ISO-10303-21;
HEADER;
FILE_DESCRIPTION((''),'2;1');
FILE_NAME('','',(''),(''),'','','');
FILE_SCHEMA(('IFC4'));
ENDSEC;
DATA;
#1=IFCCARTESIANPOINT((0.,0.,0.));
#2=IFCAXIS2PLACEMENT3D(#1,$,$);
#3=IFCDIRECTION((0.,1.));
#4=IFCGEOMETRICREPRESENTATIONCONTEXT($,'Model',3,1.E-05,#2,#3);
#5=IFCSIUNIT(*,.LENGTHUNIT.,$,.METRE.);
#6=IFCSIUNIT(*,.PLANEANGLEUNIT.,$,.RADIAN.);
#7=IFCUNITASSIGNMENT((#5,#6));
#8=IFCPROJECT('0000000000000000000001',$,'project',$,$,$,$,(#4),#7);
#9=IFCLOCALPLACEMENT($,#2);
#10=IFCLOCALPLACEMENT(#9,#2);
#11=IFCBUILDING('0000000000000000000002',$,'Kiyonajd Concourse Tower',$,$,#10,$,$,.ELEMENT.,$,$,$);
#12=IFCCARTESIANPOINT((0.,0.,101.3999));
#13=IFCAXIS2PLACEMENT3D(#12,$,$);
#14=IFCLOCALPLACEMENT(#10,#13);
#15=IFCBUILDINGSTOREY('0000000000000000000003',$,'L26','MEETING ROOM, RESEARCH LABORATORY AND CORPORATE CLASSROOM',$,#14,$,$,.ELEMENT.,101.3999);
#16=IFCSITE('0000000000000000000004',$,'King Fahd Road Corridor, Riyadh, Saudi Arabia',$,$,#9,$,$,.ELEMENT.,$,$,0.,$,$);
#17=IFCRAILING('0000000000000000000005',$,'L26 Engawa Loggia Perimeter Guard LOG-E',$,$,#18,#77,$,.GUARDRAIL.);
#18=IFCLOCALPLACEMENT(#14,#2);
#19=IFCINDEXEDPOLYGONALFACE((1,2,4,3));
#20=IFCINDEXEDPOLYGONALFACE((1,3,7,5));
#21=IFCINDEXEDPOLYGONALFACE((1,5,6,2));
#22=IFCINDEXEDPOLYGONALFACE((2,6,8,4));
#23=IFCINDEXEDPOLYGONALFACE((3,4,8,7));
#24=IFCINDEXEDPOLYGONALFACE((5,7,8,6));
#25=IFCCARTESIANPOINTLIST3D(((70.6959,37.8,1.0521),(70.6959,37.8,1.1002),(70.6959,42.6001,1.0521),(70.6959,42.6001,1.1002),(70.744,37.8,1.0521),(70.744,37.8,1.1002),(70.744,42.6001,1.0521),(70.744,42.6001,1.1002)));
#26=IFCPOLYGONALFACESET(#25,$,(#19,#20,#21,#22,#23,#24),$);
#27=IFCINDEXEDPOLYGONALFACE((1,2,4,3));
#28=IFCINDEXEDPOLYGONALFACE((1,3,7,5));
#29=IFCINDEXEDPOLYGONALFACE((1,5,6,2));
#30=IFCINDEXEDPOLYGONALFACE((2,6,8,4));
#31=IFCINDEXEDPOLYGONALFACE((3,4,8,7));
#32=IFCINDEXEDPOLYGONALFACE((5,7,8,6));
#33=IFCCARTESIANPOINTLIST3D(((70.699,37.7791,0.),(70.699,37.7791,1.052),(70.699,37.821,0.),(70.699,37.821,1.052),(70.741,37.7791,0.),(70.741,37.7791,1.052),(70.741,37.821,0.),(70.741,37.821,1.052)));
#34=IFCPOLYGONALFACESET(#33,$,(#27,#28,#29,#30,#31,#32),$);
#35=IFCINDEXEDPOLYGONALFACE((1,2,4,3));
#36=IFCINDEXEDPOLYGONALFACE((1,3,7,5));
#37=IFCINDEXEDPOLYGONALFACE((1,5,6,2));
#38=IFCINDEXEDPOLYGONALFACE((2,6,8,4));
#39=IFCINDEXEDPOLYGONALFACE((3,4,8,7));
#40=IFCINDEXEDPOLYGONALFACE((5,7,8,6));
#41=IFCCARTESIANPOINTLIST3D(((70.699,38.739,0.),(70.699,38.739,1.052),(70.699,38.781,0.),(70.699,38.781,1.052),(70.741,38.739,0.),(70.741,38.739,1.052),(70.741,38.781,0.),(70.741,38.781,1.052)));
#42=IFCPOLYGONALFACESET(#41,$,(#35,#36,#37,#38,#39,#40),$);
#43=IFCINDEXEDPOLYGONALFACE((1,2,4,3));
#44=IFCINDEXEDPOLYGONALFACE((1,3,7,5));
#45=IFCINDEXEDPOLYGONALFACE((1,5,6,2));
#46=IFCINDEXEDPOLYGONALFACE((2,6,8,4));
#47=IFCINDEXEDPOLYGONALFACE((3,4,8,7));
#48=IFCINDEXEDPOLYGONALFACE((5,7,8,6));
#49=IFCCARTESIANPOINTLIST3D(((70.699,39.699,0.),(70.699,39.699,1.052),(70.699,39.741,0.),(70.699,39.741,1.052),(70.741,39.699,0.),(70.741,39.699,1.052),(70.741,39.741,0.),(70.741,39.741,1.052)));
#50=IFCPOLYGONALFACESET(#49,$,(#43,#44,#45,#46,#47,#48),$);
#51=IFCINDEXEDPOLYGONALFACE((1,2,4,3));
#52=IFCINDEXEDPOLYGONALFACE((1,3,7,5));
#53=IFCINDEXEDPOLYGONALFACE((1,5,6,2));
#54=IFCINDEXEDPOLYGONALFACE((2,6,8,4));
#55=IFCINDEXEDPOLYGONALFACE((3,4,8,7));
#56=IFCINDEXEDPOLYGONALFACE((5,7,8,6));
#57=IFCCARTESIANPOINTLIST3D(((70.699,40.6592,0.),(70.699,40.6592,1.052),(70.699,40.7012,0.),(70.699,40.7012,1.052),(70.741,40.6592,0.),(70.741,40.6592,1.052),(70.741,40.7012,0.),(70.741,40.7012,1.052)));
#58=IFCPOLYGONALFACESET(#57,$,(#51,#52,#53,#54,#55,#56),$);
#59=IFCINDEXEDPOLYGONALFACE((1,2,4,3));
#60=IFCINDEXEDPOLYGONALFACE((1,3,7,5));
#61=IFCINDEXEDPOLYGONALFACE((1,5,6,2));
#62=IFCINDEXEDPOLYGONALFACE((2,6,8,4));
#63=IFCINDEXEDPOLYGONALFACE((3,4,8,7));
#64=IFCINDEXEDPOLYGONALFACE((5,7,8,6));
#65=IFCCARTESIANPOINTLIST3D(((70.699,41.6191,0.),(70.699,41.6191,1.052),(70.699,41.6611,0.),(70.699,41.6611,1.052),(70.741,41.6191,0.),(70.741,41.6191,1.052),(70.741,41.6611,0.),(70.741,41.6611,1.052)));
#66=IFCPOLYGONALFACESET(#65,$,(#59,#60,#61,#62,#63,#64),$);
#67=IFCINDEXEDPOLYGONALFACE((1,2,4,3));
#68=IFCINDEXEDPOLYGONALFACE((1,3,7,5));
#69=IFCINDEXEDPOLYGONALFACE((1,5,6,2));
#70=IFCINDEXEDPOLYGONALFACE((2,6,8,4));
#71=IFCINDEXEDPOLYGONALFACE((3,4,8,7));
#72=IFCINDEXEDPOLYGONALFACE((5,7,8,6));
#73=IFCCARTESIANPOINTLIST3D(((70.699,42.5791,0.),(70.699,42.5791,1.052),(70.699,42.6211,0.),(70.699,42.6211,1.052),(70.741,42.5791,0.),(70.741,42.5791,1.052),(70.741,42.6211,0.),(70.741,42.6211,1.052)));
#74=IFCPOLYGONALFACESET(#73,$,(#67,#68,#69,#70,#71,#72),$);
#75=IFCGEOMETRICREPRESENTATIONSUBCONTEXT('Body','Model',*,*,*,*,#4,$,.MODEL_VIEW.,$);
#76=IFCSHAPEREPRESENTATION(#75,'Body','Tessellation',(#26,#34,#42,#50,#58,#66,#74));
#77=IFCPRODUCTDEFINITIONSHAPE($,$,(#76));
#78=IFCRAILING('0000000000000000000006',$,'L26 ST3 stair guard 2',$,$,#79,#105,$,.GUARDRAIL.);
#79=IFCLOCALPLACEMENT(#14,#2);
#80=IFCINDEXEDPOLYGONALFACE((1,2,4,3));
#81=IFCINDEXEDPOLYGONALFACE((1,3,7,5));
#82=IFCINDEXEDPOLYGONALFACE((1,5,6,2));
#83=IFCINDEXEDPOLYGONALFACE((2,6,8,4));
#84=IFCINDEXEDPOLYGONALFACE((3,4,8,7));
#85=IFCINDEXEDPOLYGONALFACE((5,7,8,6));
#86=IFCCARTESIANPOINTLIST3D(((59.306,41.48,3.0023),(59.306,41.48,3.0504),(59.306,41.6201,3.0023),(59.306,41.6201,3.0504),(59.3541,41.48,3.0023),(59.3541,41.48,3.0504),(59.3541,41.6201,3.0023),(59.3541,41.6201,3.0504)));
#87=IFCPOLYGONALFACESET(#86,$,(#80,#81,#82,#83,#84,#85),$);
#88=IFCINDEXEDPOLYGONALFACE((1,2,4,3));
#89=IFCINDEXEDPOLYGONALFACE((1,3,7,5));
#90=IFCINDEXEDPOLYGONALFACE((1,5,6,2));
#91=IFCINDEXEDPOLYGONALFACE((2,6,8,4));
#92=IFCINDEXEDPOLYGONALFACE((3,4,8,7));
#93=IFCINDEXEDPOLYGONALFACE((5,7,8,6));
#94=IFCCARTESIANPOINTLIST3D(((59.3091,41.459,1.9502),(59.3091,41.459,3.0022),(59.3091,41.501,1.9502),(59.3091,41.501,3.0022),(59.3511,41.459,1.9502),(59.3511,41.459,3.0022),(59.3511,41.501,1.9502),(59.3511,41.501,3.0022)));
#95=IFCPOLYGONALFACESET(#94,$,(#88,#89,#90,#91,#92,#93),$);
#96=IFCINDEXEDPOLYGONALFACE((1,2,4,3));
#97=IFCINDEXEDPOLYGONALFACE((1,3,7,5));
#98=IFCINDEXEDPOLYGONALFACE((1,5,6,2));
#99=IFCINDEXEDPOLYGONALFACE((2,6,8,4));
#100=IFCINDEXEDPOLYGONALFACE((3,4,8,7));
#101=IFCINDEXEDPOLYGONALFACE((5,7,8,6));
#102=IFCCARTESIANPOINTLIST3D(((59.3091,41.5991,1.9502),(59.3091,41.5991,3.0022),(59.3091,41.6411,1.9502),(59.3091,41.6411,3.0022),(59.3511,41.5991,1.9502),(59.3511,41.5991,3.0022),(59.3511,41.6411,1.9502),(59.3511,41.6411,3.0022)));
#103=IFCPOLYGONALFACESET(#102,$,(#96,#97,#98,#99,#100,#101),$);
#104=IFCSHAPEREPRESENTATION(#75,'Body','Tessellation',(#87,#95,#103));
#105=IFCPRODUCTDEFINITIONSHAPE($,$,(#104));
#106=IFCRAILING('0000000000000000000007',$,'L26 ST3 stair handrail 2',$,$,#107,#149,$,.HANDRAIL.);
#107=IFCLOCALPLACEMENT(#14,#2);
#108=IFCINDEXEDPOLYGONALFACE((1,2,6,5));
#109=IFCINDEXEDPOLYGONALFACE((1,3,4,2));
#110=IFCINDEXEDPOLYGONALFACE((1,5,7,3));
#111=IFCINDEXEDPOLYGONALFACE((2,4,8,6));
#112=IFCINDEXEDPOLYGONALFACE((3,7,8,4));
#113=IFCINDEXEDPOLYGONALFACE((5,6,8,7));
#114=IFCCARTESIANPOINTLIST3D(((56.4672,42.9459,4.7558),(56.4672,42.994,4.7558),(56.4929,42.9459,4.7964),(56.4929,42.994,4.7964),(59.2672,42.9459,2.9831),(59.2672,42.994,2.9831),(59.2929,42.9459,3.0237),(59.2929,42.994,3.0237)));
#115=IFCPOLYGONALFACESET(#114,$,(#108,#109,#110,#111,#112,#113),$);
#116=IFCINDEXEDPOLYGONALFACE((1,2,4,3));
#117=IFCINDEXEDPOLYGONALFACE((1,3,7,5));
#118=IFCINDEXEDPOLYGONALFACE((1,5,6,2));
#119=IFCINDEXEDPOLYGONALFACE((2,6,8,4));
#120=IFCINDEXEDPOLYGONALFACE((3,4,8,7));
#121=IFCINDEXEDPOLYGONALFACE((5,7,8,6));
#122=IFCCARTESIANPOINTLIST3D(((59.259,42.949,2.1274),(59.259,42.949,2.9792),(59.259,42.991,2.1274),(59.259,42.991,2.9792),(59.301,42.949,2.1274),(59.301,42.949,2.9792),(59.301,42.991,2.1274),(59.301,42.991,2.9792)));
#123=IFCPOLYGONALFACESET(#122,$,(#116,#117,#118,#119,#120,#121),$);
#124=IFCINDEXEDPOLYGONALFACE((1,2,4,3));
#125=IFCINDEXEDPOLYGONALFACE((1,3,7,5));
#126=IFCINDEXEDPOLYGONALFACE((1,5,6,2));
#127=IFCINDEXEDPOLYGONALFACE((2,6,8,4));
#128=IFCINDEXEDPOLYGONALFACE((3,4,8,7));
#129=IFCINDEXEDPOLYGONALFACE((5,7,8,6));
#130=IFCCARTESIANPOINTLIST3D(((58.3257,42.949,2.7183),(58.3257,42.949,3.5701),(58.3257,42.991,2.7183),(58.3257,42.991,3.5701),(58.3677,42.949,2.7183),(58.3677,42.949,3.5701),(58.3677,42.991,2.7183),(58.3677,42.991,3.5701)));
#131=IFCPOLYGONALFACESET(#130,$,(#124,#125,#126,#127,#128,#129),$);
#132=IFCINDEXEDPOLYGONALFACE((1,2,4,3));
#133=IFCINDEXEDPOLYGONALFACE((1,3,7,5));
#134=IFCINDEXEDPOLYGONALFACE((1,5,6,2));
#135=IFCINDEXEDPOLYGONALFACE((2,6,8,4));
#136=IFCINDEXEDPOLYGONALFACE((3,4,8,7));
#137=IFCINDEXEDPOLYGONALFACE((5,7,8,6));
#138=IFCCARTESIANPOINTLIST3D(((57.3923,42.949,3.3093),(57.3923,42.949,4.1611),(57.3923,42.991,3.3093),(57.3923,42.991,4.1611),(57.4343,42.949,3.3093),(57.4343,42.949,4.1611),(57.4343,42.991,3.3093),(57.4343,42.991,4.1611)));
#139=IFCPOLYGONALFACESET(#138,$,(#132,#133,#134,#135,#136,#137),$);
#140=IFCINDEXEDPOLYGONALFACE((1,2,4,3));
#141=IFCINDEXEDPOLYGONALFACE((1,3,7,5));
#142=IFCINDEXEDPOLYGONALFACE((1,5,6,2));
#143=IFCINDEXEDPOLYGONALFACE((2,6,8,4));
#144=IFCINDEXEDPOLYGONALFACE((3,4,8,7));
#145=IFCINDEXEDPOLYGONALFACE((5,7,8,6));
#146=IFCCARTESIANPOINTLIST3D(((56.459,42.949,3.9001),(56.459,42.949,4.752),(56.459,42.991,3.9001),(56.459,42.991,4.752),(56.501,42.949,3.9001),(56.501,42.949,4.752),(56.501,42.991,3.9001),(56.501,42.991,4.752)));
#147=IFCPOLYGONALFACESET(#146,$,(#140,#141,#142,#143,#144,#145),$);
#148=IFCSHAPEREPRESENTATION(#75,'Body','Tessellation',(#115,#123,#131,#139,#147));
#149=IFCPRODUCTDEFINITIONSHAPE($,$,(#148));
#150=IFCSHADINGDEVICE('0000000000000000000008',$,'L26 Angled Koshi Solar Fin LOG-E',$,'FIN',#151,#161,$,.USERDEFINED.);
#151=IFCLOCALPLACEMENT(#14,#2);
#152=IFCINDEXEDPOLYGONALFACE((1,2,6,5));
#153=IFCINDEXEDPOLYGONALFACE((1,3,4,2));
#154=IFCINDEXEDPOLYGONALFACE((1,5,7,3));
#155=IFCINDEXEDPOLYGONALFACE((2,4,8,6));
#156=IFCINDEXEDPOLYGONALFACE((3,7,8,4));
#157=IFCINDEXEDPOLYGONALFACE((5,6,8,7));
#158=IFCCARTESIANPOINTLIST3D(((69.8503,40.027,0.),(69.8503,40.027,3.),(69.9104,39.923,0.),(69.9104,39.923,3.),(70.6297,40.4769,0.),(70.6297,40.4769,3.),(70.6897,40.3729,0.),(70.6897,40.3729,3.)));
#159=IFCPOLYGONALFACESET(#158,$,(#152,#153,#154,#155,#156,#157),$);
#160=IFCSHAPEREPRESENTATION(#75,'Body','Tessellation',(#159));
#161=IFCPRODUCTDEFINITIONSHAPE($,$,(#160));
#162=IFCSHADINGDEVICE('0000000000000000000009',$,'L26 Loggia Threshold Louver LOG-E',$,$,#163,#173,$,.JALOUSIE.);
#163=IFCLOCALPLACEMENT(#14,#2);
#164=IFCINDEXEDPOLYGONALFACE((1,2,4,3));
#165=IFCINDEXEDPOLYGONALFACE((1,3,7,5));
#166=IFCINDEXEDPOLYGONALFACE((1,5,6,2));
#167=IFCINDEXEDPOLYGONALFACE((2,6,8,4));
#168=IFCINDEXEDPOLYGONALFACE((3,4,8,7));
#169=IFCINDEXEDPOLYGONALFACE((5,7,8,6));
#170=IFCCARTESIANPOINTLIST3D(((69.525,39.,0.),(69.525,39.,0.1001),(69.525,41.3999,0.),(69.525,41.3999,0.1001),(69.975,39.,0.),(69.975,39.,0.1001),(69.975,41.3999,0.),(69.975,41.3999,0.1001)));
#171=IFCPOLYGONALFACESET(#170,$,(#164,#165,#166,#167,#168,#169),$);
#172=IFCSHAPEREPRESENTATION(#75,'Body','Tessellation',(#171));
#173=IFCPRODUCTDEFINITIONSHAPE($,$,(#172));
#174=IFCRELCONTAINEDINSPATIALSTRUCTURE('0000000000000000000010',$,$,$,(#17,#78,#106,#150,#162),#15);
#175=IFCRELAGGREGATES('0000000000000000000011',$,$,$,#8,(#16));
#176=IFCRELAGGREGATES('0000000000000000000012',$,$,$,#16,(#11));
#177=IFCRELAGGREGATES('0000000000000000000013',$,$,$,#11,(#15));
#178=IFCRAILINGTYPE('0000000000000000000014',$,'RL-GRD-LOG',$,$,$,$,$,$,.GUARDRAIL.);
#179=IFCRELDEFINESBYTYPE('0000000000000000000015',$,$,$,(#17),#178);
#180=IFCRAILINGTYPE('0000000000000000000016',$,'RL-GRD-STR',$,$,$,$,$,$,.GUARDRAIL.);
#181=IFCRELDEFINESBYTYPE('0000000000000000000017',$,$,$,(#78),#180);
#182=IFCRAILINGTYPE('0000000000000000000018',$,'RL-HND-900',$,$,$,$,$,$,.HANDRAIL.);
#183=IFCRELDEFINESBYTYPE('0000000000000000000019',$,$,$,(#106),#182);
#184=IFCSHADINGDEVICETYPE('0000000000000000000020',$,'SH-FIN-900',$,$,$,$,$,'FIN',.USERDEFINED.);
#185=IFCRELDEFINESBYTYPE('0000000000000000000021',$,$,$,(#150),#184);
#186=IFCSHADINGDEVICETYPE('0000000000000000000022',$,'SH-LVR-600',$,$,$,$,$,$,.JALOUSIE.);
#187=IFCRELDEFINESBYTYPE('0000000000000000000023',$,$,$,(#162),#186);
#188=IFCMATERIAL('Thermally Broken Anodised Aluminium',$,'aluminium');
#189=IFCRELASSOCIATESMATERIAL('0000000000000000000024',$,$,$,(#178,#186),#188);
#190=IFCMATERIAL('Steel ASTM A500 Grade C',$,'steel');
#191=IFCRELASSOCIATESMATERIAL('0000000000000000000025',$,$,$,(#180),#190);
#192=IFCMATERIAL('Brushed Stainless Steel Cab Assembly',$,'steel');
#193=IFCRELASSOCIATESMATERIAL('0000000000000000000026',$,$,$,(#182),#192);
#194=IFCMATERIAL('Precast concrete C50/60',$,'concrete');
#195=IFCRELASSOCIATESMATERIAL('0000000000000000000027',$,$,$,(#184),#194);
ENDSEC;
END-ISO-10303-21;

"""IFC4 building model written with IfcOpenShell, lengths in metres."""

from ifc_helpers import new_model, si_unit, direction, frame, origin, origin_2d, place, context, subcontext, project, spatial, rectangle, extrude, material, type_object, element, save


model = new_model("IFC4")

# Units and contexts
model_context = context("Model", 3, precision=1e-05, world=origin(), true_north=direction((0.0, 1.0)))
body_context = subcontext(model_context, "Body", "Model", "MODEL_VIEW")
ifc_project = project(units=[si_unit("LENGTHUNIT", "METRE"), si_unit("PLANEANGLEUNIT", "RADIAN")], contexts=[model_context])

# Site, building, storey
site_placement = place(None, origin())
site = spatial("IfcSite", under=ifc_project, at=site_placement, Name="King Fahd Road Corridor, Riyadh, Saudi Arabia", CompositionType="ELEMENT", RefElevation=0.0)
building_placement = place(site_placement, origin())
building = spatial("IfcBuilding", under=site, at=building_placement, Name="Kiyonajd Concourse Tower", CompositionType="ELEMENT")
storey_placement = place(building_placement, frame((0.0, 0.0, 101.3999)))
storey = spatial("IfcBuildingStorey", under=building, at=storey_placement, Name="L26", Description="MEETING ROOM, RESEARCH LABORATORY AND CORPORATE CLASSROOM", CompositionType="ELEMENT", Elevation=101.3999)

# Shared definitions
ifc_material_1 = material(Name="Precast concrete C50/60", Category="concrete")

# Shared definitions
ifc_material_2 = material(Name="Thermally Broken Anodised Aluminium", Category="aluminium")

# Railings
railing_type_1 = type_object("IfcRailingType", Name="RL-GRD-LOG", PredefinedType="GUARDRAIL", material=ifc_material_2)
railing_1_placement = place(storey_placement, frame((70.72, 37.8, 0.0)))
element("IfcRailing", 1, at=railing_1_placement, inside=storey, type_object=railing_type_1, Name="L26 Engawa Loggia Perimeter Guard LOG-E", PredefinedType="GUARDRAIL", context=body_context, shape_type="SweptSolid", body=[
    extrude(rectangle(XDim=0.0481, YDim=0.0481, at=origin_2d()), frame((0.0, 0.0, 1.0762), z_axis=(0.0, 1.0, 0.0), x_axis=(-1.0, 0.0, 0.0)), (0.0, 0.0, 1.0), 4.8),
    extrude(rectangle(XDim=0.042, YDim=0.042, at=origin_2d()), origin(), (0.0, 0.0, 1.0), 1.052),
    extrude(rectangle(XDim=0.042, YDim=0.042, at=origin_2d()), frame((0.0, 0.96, 0.0)), (0.0, 0.0, 1.0), 1.052),
    extrude(rectangle(XDim=0.042, YDim=0.042, at=origin_2d()), frame((0.0, 1.9199, 0.0)), (0.0, 0.0, 1.0), 1.052),
    extrude(rectangle(XDim=0.042, YDim=0.042, at=origin_2d()), frame((0.0, 2.8801, 0.0)), (0.0, 0.0, 1.0), 1.052),
    extrude(rectangle(XDim=0.042, YDim=0.042, at=origin_2d()), frame((0.0, 3.8401, 0.0)), (0.0, 0.0, 1.0), 1.052),
    extrude(rectangle(XDim=0.042, YDim=0.042, at=origin_2d()), frame((0.0, 4.8, 0.0)), (0.0, 0.0, 1.0), 1.052),
])
ifc_material_3 = material(Name="Steel ASTM A500 Grade C", Category="steel")
railing_type_2 = type_object("IfcRailingType", Name="RL-GRD-STR", PredefinedType="GUARDRAIL", material=ifc_material_3)
railing_2_placement = place(storey_placement, frame((59.3301, 41.48, 1.9502)))
element("IfcRailing", 2, at=railing_2_placement, inside=storey, type_object=railing_type_2, Name="L26 ST3 stair guard 2", PredefinedType="GUARDRAIL", context=body_context, shape_type="SweptSolid", body=[
    extrude(rectangle(XDim=0.0481, YDim=0.0481, at=origin_2d()), frame((0.0, 0.0, 1.0762), z_axis=(0.0, 1.0, 0.0), x_axis=(-1.0, 0.0, 0.0)), (0.0, 0.0, 1.0), 0.1401),
    extrude(rectangle(XDim=0.042, YDim=0.042, at=origin_2d()), origin(), (0.0, 0.0, 1.0), 1.052),
    extrude(rectangle(XDim=0.042, YDim=0.042, at=origin_2d()), frame((0.0, 0.1401, 0.0)), (0.0, 0.0, 1.0), 1.052),
])
ifc_material_4 = material(Name="Brushed Stainless Steel Cab Assembly", Category="steel")
railing_type_3 = type_object("IfcRailingType", Name="RL-HND-900", PredefinedType="HANDRAIL", material=ifc_material_4)
railing_3_placement = place(storey_placement, frame((59.28, 42.97, 2.1274)))
element("IfcRailing", 3, at=railing_3_placement, inside=storey, type_object=railing_type_3, Name="L26 ST3 stair handrail 2", PredefinedType="HANDRAIL", context=body_context, shape_type="SweptSolid", body=[
    extrude(rectangle(XDim=0.0481, YDim=0.0481, at=origin_2d()), frame((0.0, 0.0, 0.876), z_axis=(-0.844909, 0.0, 0.53491), x_axis=(0.0, -1.0, 0.0)), (0.0, 0.0, 1.0), 3.314),
    extrude(rectangle(XDim=0.042, YDim=0.042, at=origin_2d()), origin(), (0.0, 0.0, 1.0), 0.8518),
    extrude(rectangle(XDim=0.042, YDim=0.042, at=origin_2d()), frame((-0.9333, 0.0, 0.5908)), (0.0, 0.0, 1.0), 0.8518),
    extrude(rectangle(XDim=0.042, YDim=0.042, at=origin_2d()), frame((-1.8667, 0.0, 1.1819)), (0.0, 0.0, 1.0), 0.8518),
    extrude(rectangle(XDim=0.042, YDim=0.042, at=origin_2d()), frame((-2.8, 0.0, 1.7727)), (0.0, 0.0, 1.0), 0.8518),
])

# Shading devices
shading_device_type_1 = type_object("IfcShadingDeviceType", Name="SH-FIN-900", ElementType="FIN", PredefinedType="USERDEFINED", material=ifc_material_1)
shading_device_1_placement = place(storey_placement, frame((70.27, 40.2, 0.0), z_axis=(0.0, 0.0, 1.0), x_axis=(0.866025, 0.5, 0.0)))
element("IfcShadingDevice", 4, at=shading_device_1_placement, inside=storey, type_object=shading_device_type_1, Name="L26 Angled Koshi Solar Fin LOG-E", ObjectType="FIN", PredefinedType="USERDEFINED", context=body_context, shape_type="SweptSolid", body=[
    extrude(rectangle(XDim=0.8999, YDim=0.1201, at=origin_2d()), origin(), (0.0, 0.0, 1.0), 3.0),
])
shading_device_type_2 = type_object("IfcShadingDeviceType", Name="SH-LVR-600", PredefinedType="JALOUSIE", material=ifc_material_2)
shading_device_2_placement = place(storey_placement, frame((69.75, 40.2, 0.0), z_axis=(0.0, 0.0, 1.0), x_axis=(0.0, 1.0, 0.0)))
element("IfcShadingDevice", 5, at=shading_device_2_placement, inside=storey, type_object=shading_device_type_2, Name="L26 Loggia Threshold Louver LOG-E", PredefinedType="JALOUSIE", context=body_context, shape_type="SweptSolid", body=[
    extrude(rectangle(XDim=2.3999, YDim=0.45, at=origin_2d()), origin(), (0.0, 0.0, 1.0), 0.1001),
])

save(model, "model.ifc")
